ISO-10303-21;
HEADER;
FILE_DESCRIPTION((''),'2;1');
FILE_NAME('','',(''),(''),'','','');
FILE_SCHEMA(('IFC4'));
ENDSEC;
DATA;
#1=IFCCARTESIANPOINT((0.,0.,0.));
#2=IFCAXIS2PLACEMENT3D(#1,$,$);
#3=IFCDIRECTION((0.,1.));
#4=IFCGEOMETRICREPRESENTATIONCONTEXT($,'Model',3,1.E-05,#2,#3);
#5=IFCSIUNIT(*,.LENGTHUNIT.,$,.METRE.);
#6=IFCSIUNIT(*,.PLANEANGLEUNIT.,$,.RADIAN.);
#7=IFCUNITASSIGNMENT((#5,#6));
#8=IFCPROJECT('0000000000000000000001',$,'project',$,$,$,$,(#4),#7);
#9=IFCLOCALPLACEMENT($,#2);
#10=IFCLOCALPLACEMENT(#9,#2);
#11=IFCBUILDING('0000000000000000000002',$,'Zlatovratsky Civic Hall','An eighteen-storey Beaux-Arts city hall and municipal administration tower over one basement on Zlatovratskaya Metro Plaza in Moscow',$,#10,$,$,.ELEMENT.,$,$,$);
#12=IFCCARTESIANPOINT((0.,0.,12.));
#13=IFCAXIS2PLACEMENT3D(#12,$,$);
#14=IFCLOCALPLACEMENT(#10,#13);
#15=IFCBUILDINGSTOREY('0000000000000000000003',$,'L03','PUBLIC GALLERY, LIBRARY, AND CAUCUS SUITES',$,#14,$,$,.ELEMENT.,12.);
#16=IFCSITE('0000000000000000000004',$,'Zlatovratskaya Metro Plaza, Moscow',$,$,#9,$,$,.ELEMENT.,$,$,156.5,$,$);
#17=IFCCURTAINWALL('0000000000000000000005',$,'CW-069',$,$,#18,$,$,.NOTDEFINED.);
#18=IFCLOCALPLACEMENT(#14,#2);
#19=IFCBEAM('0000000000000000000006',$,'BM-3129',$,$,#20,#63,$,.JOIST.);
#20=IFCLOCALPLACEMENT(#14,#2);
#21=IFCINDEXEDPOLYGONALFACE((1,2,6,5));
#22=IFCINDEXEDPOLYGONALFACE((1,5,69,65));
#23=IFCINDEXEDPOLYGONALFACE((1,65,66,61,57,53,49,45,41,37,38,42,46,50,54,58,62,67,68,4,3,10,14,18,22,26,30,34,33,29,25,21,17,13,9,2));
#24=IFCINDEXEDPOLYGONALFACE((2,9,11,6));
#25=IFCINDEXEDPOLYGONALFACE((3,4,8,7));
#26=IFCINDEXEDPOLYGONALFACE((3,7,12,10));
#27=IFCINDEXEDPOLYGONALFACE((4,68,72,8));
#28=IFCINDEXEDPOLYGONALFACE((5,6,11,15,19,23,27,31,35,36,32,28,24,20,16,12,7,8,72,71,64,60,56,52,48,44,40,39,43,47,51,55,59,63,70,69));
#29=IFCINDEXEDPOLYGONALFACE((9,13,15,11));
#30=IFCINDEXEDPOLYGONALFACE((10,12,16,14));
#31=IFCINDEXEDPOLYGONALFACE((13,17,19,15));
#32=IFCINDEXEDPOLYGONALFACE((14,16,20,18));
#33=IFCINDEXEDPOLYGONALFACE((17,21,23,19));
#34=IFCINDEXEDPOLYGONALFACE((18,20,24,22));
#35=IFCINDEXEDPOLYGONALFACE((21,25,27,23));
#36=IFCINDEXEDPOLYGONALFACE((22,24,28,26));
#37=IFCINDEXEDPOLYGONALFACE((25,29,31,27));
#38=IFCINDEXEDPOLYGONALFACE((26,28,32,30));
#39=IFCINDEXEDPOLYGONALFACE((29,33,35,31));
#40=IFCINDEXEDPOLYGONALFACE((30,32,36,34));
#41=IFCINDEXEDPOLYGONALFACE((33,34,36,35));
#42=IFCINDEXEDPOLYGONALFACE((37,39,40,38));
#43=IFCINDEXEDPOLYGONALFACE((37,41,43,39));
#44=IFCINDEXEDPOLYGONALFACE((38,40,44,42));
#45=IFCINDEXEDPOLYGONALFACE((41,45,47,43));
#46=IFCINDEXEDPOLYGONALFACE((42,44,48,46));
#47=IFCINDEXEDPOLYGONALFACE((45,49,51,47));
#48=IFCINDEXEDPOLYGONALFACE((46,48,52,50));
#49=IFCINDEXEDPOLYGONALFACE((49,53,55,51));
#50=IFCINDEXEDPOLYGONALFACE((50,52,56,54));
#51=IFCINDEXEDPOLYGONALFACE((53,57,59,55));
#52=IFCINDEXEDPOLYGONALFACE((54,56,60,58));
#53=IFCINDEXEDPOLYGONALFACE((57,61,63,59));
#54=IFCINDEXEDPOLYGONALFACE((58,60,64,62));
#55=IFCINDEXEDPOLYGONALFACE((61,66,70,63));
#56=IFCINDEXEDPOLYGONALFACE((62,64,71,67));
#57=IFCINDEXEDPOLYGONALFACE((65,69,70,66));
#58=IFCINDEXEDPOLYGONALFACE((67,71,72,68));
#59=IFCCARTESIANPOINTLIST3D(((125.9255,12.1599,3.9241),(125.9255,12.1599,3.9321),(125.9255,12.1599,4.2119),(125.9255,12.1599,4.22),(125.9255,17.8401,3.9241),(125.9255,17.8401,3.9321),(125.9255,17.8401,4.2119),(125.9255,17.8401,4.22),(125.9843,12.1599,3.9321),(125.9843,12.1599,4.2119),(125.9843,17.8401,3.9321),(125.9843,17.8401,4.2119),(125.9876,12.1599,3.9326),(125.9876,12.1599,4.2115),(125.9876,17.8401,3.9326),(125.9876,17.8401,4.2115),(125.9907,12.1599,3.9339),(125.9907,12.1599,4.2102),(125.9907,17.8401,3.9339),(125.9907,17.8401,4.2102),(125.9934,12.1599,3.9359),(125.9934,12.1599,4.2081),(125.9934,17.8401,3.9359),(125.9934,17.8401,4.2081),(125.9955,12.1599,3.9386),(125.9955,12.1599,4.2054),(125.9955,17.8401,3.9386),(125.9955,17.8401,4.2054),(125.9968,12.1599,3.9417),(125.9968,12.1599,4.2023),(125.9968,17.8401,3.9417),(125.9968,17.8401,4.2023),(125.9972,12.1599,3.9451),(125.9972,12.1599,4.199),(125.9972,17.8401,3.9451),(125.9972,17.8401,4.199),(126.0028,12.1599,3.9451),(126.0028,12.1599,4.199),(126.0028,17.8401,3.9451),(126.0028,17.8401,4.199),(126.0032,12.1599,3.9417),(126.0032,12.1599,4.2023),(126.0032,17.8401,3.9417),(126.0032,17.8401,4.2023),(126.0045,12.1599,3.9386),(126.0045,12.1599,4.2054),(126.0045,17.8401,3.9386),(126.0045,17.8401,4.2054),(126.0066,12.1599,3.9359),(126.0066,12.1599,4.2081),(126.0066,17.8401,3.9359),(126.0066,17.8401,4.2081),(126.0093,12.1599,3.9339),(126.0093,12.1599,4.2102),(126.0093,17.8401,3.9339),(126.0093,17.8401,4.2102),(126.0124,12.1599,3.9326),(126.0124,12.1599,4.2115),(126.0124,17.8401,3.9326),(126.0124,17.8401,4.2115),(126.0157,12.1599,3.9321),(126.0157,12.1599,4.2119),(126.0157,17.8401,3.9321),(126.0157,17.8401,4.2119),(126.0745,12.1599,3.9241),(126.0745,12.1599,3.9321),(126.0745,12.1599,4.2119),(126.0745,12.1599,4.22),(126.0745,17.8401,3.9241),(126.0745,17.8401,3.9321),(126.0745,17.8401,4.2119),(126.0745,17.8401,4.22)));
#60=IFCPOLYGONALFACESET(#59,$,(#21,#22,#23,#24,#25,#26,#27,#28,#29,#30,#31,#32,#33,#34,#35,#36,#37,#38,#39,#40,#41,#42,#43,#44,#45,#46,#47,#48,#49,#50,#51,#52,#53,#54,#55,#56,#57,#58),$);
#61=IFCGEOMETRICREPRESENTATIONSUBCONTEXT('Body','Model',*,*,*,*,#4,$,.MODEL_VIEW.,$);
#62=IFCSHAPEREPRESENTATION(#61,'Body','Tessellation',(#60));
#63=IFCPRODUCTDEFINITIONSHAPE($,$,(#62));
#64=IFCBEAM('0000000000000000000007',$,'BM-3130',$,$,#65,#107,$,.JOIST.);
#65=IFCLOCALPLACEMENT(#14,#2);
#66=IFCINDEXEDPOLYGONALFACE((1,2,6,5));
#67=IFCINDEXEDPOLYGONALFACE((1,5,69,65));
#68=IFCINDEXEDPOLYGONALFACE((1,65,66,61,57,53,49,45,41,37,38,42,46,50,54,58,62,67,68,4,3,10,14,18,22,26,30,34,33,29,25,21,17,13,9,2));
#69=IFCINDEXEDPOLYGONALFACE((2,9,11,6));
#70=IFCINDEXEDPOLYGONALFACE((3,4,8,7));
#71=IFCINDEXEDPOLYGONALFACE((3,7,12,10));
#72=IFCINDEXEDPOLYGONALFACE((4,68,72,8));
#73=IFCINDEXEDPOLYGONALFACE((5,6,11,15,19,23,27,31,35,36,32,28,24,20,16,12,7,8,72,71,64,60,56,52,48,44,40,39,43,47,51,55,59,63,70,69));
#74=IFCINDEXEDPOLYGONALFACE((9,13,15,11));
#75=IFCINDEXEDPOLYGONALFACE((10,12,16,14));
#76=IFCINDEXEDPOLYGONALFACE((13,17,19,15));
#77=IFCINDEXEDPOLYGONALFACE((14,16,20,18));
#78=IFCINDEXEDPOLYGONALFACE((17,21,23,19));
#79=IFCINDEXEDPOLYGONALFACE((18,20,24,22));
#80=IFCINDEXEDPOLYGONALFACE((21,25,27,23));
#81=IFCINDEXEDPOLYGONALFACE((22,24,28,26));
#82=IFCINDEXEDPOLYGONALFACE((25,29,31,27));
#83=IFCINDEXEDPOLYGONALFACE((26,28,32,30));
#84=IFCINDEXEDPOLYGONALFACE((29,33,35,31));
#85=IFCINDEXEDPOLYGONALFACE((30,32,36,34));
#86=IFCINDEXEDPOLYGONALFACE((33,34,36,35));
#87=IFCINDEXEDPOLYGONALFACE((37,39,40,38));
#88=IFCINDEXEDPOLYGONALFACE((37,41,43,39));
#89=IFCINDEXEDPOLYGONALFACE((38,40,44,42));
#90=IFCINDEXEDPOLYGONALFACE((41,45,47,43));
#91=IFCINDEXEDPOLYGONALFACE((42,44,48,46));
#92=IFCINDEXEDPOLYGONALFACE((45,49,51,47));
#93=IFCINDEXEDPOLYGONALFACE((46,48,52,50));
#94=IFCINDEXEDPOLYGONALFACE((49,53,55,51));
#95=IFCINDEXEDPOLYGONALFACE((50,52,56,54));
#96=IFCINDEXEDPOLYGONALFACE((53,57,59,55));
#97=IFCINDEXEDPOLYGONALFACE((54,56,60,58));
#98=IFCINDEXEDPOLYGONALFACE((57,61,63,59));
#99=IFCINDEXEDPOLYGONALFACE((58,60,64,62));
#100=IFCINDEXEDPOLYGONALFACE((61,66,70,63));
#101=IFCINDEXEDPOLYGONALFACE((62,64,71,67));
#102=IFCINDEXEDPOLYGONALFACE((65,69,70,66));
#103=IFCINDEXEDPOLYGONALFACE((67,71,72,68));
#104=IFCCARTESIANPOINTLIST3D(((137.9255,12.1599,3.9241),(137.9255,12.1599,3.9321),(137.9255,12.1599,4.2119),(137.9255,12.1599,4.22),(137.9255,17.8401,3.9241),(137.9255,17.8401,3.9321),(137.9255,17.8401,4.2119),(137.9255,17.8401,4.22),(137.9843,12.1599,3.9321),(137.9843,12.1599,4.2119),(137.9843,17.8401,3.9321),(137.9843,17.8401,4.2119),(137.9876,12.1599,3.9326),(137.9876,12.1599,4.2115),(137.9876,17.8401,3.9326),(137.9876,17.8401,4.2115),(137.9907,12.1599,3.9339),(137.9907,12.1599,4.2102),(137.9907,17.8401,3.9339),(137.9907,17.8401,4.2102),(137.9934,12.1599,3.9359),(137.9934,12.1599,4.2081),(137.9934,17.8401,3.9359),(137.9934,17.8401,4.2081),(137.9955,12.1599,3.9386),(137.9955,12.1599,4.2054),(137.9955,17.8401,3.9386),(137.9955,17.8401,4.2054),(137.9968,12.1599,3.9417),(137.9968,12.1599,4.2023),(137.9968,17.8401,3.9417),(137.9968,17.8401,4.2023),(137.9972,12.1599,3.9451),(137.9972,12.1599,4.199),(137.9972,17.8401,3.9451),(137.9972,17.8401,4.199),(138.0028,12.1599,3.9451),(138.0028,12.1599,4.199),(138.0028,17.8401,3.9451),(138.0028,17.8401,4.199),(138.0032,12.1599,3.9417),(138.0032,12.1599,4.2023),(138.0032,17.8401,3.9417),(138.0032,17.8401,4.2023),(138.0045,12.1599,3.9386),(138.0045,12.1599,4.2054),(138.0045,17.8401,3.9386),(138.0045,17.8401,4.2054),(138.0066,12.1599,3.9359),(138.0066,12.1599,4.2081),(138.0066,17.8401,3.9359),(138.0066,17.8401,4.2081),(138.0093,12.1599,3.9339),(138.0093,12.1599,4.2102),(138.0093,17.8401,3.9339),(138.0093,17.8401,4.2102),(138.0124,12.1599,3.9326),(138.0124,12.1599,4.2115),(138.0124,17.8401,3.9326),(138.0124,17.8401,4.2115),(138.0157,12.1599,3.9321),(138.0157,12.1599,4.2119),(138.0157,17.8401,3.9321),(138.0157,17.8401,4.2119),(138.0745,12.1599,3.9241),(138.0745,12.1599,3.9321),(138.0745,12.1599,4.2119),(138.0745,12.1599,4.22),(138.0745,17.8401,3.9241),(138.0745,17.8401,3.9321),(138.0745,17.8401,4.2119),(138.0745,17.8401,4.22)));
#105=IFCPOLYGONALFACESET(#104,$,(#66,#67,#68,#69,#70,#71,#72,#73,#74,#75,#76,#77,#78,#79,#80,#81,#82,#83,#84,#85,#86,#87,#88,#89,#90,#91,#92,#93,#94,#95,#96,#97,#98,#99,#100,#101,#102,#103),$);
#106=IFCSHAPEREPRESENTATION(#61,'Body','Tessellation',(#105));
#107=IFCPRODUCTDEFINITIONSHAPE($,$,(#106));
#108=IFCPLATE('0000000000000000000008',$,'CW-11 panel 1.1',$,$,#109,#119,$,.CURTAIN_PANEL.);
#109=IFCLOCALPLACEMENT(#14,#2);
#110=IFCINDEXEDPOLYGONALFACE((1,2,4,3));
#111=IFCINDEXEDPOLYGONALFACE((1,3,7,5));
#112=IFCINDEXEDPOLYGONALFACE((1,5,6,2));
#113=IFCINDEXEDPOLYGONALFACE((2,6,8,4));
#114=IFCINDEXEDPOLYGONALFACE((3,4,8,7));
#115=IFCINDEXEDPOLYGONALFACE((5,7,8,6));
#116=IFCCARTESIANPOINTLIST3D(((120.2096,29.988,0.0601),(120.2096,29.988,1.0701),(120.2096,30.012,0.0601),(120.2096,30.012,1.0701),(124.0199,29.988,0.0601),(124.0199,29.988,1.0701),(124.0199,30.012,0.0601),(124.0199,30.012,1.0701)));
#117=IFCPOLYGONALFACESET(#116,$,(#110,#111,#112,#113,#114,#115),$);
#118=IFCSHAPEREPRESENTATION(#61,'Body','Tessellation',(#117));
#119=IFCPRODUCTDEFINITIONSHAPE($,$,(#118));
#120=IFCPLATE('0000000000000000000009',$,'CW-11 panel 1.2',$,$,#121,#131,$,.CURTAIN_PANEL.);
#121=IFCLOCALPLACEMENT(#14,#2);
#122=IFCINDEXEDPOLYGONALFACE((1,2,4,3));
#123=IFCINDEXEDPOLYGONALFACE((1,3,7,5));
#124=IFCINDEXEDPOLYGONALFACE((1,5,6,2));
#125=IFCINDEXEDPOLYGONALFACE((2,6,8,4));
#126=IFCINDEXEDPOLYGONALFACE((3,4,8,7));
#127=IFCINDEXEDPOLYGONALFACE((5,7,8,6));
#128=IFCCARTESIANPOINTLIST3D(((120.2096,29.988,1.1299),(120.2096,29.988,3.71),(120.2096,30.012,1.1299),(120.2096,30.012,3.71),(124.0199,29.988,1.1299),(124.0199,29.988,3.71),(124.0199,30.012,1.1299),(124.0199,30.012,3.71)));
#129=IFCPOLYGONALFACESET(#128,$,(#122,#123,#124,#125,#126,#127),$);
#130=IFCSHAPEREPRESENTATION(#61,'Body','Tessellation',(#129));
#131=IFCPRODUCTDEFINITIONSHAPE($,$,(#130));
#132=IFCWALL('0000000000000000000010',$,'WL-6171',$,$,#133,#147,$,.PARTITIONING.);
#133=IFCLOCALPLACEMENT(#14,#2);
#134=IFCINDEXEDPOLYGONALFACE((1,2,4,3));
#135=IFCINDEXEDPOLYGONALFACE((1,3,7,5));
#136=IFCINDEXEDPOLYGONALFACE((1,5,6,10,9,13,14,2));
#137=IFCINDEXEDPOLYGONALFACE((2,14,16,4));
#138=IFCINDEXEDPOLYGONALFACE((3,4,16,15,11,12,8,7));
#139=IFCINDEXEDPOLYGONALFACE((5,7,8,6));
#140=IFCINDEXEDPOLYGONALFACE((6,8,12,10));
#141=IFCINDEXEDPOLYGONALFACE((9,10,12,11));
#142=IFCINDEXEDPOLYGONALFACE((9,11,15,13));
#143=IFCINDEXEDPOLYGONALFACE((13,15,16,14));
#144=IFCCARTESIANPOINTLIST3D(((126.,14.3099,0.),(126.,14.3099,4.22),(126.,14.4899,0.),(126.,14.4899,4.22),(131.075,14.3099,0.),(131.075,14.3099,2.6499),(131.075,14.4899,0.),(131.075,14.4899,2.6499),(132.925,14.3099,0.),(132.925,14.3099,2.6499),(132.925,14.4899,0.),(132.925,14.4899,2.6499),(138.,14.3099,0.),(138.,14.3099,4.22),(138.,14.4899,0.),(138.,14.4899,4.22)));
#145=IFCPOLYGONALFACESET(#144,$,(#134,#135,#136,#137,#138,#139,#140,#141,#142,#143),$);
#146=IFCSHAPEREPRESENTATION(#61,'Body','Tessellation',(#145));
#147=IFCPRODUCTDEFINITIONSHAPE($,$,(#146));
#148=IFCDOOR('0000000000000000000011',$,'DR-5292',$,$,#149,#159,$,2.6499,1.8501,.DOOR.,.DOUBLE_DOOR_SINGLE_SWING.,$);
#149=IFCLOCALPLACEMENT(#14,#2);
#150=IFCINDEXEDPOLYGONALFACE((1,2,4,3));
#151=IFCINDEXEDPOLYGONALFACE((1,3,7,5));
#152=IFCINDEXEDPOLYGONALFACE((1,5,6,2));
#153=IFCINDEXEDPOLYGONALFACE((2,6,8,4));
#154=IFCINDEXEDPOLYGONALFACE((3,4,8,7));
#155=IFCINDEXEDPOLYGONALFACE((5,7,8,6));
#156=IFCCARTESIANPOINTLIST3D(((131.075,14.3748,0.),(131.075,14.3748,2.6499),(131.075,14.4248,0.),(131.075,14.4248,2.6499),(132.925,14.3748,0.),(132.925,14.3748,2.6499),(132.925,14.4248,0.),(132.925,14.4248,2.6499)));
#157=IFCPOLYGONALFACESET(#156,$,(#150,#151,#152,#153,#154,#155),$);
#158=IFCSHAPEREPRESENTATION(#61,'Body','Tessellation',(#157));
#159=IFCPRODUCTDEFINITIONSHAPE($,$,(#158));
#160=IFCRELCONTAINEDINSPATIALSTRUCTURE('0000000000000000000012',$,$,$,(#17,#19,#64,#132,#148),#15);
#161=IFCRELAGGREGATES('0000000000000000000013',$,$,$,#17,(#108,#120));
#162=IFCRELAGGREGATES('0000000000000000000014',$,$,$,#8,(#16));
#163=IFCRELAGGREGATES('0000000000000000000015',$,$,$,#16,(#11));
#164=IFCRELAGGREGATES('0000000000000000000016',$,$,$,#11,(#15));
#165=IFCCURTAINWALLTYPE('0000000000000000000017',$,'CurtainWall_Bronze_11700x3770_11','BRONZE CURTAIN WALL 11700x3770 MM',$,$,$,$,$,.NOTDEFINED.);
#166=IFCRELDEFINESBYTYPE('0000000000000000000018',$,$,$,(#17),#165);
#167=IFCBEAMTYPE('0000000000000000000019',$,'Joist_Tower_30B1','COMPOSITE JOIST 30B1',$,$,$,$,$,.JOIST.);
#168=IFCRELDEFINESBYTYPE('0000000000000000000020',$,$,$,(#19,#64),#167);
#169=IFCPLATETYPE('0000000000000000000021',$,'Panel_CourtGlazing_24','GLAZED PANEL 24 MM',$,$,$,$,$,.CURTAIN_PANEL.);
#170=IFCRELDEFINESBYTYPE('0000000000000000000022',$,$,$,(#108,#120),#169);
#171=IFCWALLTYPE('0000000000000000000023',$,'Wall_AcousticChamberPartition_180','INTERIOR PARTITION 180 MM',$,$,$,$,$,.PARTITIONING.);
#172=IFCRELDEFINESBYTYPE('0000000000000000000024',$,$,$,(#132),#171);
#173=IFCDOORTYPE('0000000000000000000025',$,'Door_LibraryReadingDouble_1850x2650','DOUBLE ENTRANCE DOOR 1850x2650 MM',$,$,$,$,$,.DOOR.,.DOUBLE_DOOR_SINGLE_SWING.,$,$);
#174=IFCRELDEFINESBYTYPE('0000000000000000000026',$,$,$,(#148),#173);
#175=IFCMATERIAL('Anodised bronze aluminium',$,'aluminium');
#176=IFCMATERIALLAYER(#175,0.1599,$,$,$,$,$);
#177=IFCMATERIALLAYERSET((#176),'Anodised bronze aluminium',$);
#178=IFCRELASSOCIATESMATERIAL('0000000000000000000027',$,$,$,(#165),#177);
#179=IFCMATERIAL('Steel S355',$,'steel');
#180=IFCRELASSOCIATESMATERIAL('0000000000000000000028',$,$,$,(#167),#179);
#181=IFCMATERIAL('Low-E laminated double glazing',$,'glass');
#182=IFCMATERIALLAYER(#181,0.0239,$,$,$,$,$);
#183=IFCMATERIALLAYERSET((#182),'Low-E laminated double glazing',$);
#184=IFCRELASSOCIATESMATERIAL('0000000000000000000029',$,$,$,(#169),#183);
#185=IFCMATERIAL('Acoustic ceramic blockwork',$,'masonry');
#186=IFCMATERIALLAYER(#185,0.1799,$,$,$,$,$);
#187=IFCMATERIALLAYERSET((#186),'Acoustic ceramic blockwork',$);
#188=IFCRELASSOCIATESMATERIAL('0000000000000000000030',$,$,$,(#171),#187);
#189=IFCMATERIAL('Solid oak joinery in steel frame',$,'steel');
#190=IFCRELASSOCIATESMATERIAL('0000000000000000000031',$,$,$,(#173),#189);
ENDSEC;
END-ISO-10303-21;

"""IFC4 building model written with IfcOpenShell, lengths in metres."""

from ifc_helpers import new_model, si_unit, direction, frame, frame_2d, origin, origin_2d, place, context, subcontext, project, spatial, rectangle, i_section, extrude, material, layer, layer_set, material_profile, profile_set, type_object, element, fill, aggregate, save


model = new_model("IFC4")

# Units and contexts
model_context = context("Model", 3, precision=1e-05, world=origin(), true_north=direction((0.0, 1.0)))
body_context = subcontext(model_context, "Body", "Model", "MODEL_VIEW")
ifc_project = project(units=[si_unit("LENGTHUNIT", "METRE"), si_unit("PLANEANGLEUNIT", "RADIAN")], contexts=[model_context])

# Site, building, storey
site_placement = place(None, origin())
site = spatial("IfcSite", under=ifc_project, at=site_placement, Name="Zlatovratskaya Metro Plaza, Moscow", CompositionType="ELEMENT", RefElevation=156.5)
building_placement = place(site_placement, origin())
building = spatial("IfcBuilding", under=site, at=building_placement, Name="Zlatovratsky Civic Hall", Description="An eighteen-storey Beaux-Arts city hall and municipal administration tower over one basement on Zlatovratskaya Metro Plaza in Moscow", CompositionType="ELEMENT")
storey_placement = place(building_placement, frame((0.0, 0.0, 12.0)))
storey = spatial("IfcBuildingStorey", under=building, at=storey_placement, Name="L03", Description="PUBLIC GALLERY, LIBRARY, AND CAUCUS SUITES", CompositionType="ELEMENT", Elevation=12.0)

# Shared definitions
ifc_material_1 = material(Name="Steel S355", Category="steel")

# Curtain wall
ifc_material_2 = material(Name="Anodised bronze aluminium", Category="aluminium")
ifc_layer_1 = layer(ifc_material_2, 0.1599)
ifc_layer_set_1 = layer_set([ifc_layer_1], Name="Anodised bronze aluminium")
curtain_wall_type = type_object("IfcCurtainWallType", Name="CurtainWall_Bronze_11700x3770_11", Description="BRONZE CURTAIN WALL 11700x3770 MM", PredefinedType="NOTDEFINED", material=ifc_layer_set_1)
curtain_wall_placement = place(storey_placement, origin())
curtain_wall = element("IfcCurtainWall", 1, at=curtain_wall_placement, inside=storey, type_object=curtain_wall_type, Name="CW-069", PredefinedType="NOTDEFINED")

# Beams
ifc_material_profile_1 = material_profile(ifc_material_1, i_section(OverallWidth=0.1489, OverallDepth=0.2959, WebThickness=0.0056, FlangeThickness=0.0081, FilletRadius=0.0129, at=origin_2d()), Name="30B1")
ifc_profile_set_1 = profile_set([ifc_material_profile_1], Name="Steel S355")
beam_type_1 = type_object("IfcBeamType", Name="Joist_Tower_30B1", Description="COMPOSITE JOIST 30B1", PredefinedType="JOIST", material=ifc_profile_set_1)
for number, where, z_axis, x_axis, name in (
    (2, (126.0, 12.1599, 4.072), (0.0, 1.0, 0.0), (-1.0, 0.0, 0.0), "BM-3129"),
    (3, (138.0, 12.1599, 4.072), (0.0, 1.0, 0.0), (-1.0, 0.0, 0.0), "BM-3130"),
):
    element("IfcBeam", number, at=place(storey_placement, frame(where, z_axis=z_axis, x_axis=x_axis)), inside=storey, type_object=beam_type_1, Name=name, PredefinedType="JOIST", context=body_context, shape_type="SweptSolid", body=[
        extrude(i_section(OverallWidth=0.1489, OverallDepth=0.2959, WebThickness=0.0056, FlangeThickness=0.0081, FilletRadius=0.0129, at=origin_2d()), origin(), (0.0, 0.0, 1.0), 5.6802),
    ])

# Plates
ifc_material_3 = material(Name="Low-E laminated double glazing", Category="glass")
ifc_layer_2 = layer(ifc_material_3, 0.0239)
ifc_layer_set_2 = layer_set([ifc_layer_2], Name="Low-E laminated double glazing")
plate_type = type_object("IfcPlateType", Name="Panel_CourtGlazing_24", Description="GLAZED PANEL 24 MM", PredefinedType="CURTAIN_PANEL", material=ifc_layer_set_2)
plate_1_placement = place(storey_placement, frame((122.1147, 30.0, 0.0601), z_axis=(0.0, 0.0, 1.0), x_axis=(1.0, 0.0, 0.0)))
plate_1 = element("IfcPlate", 4, at=plate_1_placement, type_object=plate_type, Name="CW-11 panel 1.1", PredefinedType="CURTAIN_PANEL", context=body_context, shape_type="SweptSolid", body=[
    extrude(rectangle(XDim=3.8103, YDim=0.0239, at=origin_2d()), origin(), (0.0, 0.0, 1.0), 1.01),
])
plate_2_placement = place(storey_placement, frame((122.1147, 30.0, 1.1299), z_axis=(0.0, 0.0, 1.0), x_axis=(1.0, 0.0, 0.0)))
plate_2 = element("IfcPlate", 5, at=plate_2_placement, type_object=plate_type, Name="CW-11 panel 1.2", PredefinedType="CURTAIN_PANEL", context=body_context, shape_type="SweptSolid", body=[
    extrude(rectangle(XDim=3.8103, YDim=0.0239, at=origin_2d()), origin(), (0.0, 0.0, 1.0), 2.5801),
])
aggregate(curtain_wall, [plate_1, plate_2])

# Wall, opening, door
ifc_material_4 = material(Name="Acoustic ceramic blockwork", Category="masonry")
ifc_layer_3 = layer(ifc_material_4, 0.1799)
ifc_layer_set_3 = layer_set([ifc_layer_3], Name="Acoustic ceramic blockwork")
wall_type_1 = type_object("IfcWallType", Name="Wall_AcousticChamberPartition_180", Description="INTERIOR PARTITION 180 MM", PredefinedType="PARTITIONING", material=ifc_layer_set_3)
wall_1_placement = place(storey_placement, frame((126.0, 14.3999, 0.0), z_axis=(0.0, 0.0, 1.0), x_axis=(1.0, 0.0, 0.0)))
wall_1 = element("IfcWall", 6, at=wall_1_placement, inside=storey, type_object=wall_type_1, Name="WL-6171", PredefinedType="PARTITIONING", context=body_context, shape_type="SweptSolid", body=[
    extrude(rectangle(XDim=12.0, YDim=0.1799, at=frame_2d((6.0, 0.0))), origin(), (0.0, 0.0, 1.0), 4.22),
])
opening_1_placement = place(wall_1_placement, frame((5.075, 0.0, 0.0)))
opening_1 = element("IfcOpeningElement", 7, at=opening_1_placement, cuts=wall_1, PredefinedType="OPENING", context=body_context, shape_type="SweptSolid", body=[
    extrude(rectangle(XDim=1.8501, YDim=2.6499, at=frame_2d((0.925, 1.325))), frame((0.0, 0.105, 0.0), z_axis=(0.0, -1.0, 0.0), x_axis=(1.0, 0.0, 0.0)), (0.0, 0.0, 1.0), 0.2097),
])
ifc_material_5 = material(Name="Solid oak joinery in steel frame", Category="steel")
door_type_1 = type_object("IfcDoorType", Name="Door_LibraryReadingDouble_1850x2650", Description="DOUBLE ENTRANCE DOOR 1850x2650 MM", OperationType="DOUBLE_DOOR_SINGLE_SWING", PredefinedType="DOOR", material=ifc_material_5)
door_1_placement = place(opening_1_placement, origin())
door_1 = element("IfcDoor", 8, at=door_1_placement, inside=storey, type_object=door_type_1, Name="DR-5292", OperationType="DOUBLE_DOOR_SINGLE_SWING", OverallHeight=2.6499, OverallWidth=1.8501, PredefinedType="DOOR", context=body_context, shape_type="SweptSolid", body=[
    extrude(rectangle(XDim=1.8501, YDim=2.6499, at=frame_2d((0.925, 1.325))), frame((0.0, 0.0249, 0.0), z_axis=(0.0, -1.0, 0.0), x_axis=(1.0, 0.0, 0.0)), (0.0, 0.0, 1.0), 0.05),
])
fill(opening_1, door_1)

save(model, "model.ifc")
